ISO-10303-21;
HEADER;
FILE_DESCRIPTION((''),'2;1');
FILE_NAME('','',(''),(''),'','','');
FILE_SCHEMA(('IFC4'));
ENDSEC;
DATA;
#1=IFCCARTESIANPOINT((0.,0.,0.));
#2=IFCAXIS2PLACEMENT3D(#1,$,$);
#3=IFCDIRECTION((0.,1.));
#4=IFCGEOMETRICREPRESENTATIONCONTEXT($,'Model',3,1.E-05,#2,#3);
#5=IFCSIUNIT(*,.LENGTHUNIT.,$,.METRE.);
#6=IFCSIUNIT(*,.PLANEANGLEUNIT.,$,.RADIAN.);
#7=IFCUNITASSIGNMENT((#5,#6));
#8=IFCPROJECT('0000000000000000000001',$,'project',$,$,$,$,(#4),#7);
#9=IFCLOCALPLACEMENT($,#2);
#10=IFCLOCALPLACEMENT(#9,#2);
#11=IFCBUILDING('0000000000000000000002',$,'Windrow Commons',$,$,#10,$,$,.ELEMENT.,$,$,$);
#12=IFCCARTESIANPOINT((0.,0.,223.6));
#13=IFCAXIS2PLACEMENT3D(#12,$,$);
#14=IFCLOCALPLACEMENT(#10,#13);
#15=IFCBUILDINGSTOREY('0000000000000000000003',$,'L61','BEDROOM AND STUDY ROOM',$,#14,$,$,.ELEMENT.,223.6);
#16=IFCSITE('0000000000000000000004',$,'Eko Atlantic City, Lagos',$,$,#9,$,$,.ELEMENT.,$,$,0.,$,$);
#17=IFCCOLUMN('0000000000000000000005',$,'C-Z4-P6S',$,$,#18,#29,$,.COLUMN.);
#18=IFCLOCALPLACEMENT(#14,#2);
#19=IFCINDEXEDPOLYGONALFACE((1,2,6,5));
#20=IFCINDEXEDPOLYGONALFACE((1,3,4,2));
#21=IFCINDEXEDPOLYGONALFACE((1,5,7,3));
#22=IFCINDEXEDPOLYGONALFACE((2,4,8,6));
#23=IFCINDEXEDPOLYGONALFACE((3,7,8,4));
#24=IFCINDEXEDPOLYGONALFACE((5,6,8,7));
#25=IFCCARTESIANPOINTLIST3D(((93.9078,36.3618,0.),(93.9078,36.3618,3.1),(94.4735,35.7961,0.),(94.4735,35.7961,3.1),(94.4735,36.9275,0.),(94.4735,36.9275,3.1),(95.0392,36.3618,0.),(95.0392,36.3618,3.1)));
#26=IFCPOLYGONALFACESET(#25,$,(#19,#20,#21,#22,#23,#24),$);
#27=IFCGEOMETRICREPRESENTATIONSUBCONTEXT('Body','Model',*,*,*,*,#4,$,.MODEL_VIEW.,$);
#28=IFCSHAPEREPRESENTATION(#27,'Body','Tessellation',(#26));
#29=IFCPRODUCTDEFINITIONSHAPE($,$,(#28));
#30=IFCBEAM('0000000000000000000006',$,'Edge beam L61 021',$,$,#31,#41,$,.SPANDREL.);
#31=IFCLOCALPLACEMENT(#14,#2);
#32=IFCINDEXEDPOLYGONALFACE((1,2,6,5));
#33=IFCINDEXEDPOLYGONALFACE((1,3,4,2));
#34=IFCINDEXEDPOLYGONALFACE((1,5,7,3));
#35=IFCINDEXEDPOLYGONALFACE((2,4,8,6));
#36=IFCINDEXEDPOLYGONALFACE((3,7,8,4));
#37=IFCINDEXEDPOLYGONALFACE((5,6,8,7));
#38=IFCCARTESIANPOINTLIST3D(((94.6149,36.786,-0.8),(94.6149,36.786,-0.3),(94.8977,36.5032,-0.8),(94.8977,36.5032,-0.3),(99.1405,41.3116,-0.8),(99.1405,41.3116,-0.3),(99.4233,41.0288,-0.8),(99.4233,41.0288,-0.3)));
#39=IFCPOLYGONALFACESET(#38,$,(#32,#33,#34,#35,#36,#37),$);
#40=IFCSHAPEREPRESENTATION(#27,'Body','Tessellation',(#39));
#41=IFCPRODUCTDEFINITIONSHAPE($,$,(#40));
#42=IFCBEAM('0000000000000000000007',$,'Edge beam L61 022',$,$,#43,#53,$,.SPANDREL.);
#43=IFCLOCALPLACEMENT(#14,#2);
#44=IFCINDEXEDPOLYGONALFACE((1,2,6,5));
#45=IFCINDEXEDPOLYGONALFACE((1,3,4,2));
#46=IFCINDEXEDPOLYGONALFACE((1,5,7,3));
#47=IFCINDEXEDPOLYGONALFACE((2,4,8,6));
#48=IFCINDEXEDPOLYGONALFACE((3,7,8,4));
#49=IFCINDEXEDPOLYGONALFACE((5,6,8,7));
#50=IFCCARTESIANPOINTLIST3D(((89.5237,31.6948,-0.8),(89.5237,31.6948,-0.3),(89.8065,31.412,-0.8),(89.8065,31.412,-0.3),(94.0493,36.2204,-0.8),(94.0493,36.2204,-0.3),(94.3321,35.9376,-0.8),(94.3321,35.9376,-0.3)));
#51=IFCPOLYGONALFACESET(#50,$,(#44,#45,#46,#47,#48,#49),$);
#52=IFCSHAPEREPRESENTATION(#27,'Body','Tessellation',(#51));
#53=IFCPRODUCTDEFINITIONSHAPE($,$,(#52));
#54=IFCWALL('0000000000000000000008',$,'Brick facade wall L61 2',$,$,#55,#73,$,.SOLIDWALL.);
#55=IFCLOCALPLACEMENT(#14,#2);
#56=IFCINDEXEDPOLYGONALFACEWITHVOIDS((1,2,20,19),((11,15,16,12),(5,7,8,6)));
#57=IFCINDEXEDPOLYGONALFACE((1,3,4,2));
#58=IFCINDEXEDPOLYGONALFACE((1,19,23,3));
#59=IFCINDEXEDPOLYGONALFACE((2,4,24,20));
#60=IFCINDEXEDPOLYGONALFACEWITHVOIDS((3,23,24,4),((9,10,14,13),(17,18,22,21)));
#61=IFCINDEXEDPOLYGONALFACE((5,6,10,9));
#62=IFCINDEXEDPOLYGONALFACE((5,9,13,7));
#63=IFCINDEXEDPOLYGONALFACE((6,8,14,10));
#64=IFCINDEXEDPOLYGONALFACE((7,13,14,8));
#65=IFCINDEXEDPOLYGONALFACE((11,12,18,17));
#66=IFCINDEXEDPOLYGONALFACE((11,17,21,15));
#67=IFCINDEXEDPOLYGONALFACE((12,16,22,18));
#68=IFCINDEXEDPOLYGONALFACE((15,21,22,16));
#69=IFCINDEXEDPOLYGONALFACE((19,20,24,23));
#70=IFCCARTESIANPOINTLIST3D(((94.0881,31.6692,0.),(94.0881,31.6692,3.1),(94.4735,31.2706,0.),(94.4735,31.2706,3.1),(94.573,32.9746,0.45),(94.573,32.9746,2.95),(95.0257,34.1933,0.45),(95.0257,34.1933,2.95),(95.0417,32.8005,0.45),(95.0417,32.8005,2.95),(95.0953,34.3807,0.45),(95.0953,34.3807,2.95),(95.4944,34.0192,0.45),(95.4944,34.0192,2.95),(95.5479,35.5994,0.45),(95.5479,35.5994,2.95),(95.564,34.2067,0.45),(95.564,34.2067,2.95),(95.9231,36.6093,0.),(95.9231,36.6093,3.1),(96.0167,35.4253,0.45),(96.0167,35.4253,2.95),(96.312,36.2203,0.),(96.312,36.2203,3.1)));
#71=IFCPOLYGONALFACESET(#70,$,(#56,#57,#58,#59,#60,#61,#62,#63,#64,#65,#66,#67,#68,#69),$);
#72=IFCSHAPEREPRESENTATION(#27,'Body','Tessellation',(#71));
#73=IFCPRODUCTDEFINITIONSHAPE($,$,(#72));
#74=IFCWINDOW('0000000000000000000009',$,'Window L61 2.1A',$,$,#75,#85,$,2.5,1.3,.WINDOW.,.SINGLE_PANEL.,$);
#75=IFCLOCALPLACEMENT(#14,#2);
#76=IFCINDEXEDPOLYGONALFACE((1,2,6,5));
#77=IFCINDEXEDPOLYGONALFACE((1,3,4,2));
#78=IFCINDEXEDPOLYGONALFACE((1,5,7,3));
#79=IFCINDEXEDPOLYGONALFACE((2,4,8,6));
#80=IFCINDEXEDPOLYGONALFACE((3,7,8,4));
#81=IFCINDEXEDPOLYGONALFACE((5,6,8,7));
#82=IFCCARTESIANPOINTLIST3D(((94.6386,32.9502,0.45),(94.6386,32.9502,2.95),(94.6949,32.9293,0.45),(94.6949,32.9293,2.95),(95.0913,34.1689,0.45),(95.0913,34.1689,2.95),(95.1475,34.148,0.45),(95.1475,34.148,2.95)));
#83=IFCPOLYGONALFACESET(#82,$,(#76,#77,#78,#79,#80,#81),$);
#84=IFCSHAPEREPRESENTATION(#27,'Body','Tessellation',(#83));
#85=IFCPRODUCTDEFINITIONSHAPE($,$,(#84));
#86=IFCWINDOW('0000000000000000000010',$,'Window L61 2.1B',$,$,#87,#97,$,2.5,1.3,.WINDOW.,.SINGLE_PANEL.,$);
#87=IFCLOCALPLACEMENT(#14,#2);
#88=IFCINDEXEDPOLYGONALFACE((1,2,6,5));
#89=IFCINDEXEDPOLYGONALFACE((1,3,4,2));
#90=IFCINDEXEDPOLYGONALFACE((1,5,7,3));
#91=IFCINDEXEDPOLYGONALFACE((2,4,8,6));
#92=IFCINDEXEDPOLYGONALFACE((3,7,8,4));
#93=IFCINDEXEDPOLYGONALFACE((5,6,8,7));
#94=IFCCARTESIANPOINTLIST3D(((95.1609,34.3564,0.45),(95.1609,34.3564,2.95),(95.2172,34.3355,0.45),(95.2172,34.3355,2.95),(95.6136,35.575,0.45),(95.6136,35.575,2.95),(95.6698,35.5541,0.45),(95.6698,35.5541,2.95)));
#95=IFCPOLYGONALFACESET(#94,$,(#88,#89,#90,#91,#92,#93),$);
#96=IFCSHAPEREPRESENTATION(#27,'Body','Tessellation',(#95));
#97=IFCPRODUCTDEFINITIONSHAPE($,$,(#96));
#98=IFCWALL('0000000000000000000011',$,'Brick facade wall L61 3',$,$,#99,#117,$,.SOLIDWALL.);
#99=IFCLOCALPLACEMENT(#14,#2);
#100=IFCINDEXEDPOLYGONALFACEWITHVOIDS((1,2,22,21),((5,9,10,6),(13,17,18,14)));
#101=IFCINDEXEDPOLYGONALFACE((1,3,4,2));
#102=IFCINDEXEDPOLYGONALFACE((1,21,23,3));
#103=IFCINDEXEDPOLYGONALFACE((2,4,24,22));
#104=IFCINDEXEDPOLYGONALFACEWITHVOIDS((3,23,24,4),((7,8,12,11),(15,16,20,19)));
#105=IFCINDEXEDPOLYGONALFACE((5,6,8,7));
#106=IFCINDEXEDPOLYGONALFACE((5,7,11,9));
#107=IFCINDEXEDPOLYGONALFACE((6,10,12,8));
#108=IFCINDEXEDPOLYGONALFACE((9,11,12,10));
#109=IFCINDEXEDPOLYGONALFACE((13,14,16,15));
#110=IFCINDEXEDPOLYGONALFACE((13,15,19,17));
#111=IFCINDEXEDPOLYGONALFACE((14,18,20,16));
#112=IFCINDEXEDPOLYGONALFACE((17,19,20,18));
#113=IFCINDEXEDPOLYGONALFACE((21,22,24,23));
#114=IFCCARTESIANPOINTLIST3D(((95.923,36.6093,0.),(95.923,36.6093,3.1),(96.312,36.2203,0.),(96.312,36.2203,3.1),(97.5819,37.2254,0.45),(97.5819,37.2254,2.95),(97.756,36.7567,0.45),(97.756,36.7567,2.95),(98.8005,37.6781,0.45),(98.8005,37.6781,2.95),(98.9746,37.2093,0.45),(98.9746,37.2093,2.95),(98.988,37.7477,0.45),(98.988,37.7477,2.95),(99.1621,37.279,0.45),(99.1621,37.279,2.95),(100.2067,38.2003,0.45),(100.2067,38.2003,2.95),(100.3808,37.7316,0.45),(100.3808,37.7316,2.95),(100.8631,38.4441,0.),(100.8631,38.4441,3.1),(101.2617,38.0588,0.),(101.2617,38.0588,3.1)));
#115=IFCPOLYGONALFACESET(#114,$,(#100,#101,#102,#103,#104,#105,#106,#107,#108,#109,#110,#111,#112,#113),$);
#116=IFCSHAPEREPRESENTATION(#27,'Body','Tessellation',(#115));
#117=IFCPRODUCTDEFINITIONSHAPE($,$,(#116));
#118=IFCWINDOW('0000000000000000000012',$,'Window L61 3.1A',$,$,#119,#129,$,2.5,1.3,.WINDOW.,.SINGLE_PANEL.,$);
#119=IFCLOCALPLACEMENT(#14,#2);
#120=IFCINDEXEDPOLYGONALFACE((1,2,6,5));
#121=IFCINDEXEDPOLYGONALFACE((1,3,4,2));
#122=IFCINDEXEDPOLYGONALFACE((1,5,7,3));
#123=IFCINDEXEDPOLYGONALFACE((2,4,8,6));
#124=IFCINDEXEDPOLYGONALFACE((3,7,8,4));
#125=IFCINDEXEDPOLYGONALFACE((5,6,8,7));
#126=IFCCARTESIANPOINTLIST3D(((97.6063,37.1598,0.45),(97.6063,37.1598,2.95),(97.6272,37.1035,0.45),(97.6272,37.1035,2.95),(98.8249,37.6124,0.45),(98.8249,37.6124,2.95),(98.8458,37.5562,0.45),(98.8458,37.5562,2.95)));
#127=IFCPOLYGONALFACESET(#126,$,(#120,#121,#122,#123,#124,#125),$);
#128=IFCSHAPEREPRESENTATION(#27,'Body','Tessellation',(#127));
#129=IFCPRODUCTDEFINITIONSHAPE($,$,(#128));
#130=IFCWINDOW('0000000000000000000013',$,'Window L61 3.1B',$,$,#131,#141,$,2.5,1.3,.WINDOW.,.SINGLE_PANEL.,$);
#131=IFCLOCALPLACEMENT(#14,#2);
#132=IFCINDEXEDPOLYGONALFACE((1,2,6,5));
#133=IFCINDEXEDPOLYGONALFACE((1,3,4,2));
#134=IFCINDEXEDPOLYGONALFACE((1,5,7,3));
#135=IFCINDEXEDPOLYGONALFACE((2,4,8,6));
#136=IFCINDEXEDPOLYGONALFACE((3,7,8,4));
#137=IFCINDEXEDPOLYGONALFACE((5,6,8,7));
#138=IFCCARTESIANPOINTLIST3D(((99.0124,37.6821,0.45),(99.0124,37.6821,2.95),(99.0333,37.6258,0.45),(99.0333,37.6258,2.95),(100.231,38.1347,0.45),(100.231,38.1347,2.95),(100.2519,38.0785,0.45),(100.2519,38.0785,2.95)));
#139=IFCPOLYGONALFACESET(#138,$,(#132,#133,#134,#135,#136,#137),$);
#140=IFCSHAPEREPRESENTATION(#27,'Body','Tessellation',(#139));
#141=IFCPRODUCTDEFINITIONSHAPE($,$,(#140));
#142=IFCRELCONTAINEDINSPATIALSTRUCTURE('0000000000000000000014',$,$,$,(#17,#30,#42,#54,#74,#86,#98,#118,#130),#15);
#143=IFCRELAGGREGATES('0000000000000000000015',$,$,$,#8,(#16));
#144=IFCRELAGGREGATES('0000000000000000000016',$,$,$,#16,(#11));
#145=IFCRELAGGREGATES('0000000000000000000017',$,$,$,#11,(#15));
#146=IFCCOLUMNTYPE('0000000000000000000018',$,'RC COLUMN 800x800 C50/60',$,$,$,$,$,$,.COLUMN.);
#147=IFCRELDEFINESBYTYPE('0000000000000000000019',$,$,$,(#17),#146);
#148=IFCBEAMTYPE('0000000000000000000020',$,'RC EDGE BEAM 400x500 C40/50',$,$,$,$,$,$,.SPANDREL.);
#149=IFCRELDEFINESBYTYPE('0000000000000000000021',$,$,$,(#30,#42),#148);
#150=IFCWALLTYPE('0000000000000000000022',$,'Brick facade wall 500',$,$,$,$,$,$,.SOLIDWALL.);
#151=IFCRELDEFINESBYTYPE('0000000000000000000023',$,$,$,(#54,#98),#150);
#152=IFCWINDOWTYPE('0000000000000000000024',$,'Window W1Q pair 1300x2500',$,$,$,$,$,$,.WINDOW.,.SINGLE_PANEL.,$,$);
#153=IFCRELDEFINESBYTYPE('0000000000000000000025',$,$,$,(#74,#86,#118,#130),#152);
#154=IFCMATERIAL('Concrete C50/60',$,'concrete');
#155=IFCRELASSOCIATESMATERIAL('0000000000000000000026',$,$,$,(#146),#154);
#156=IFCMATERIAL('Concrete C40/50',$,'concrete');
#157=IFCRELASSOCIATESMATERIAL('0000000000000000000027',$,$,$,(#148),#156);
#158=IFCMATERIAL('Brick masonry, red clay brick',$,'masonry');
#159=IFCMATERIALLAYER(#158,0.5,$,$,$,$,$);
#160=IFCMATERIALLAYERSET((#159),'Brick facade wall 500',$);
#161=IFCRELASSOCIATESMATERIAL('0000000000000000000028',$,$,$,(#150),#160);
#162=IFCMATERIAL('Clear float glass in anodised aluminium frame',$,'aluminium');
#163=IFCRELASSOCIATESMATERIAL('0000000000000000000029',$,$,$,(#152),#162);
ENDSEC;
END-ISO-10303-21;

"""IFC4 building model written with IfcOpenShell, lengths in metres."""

from ifc_helpers import new_model, si_unit, direction, frame, frame_2d, origin, origin_2d, place, context, subcontext, project, spatial, polyline, rectangle, outline, extrude, material, layer, layer_set, material_profile, profile_set, type_object, element, fill, save


model = new_model("IFC4")

# Units and contexts
model_context = context("Model", 3, precision=1e-05, world=origin(), true_north=direction((0.0, 1.0)))
body_context = subcontext(model_context, "Body", "Model", "MODEL_VIEW")
ifc_project = project(units=[si_unit("LENGTHUNIT", "METRE"), si_unit("PLANEANGLEUNIT", "RADIAN")], contexts=[model_context])

# Site, building, storey
site_placement = place(None, origin())
site = spatial("IfcSite", under=ifc_project, at=site_placement, Name="Eko Atlantic City, Lagos", CompositionType="ELEMENT", RefElevation=0.0)
building_placement = place(site_placement, origin())
building = spatial("IfcBuilding", under=site, at=building_placement, Name="Windrow Commons", CompositionType="ELEMENT")
storey_placement = place(building_placement, frame((0.0, 0.0, 223.6)))
storey = spatial("IfcBuildingStorey", under=building, at=storey_placement, Name="L61", Description="BEDROOM AND STUDY ROOM", CompositionType="ELEMENT", Elevation=223.6)

# Column
ifc_material_1 = material(Name="Concrete C50/60", Category="concrete")
ifc_material_profile_1 = material_profile(ifc_material_1, rectangle(XDim=0.8, YDim=0.8, at=origin_2d()))
ifc_profile_set_1 = profile_set([ifc_material_profile_1], Name="Concrete C50/60")
column_type = type_object("IfcColumnType", Name="RC COLUMN 800x800 C50/60", PredefinedType="COLUMN", material=ifc_profile_set_1)
column_placement = place(storey_placement, frame((94.4735, 36.3618, 0.0), z_axis=(0.0, 0.0, 1.0), x_axis=(0.707107, -0.707107, 0.0)))
element("IfcColumn", 1, at=column_placement, inside=storey, type_object=column_type, Name="C-Z4-P6S", PredefinedType="COLUMN", context=body_context, shape_type="SweptSolid", body=[
    extrude(rectangle(XDim=0.8, YDim=0.8, at=origin_2d()), origin(), (0.0, 0.0, 1.0), 3.1),
])

# Beams
ifc_material_2 = material(Name="Concrete C40/50", Category="concrete")
ifc_material_profile_2 = material_profile(ifc_material_2, rectangle(XDim=0.4, YDim=0.5, at=origin_2d()))
ifc_profile_set_2 = profile_set([ifc_material_profile_2], Name="Concrete C40/50")
beam_type = type_object("IfcBeamType", Name="RC EDGE BEAM 400x500 C40/50", PredefinedType="SPANDREL", material=ifc_profile_set_2)
for number, where, z_axis, x_axis, name in (
    (2, (99.2819, 41.1702, -0.55), (-0.707107, -0.707107, 0.0), (0.707107, -0.707107, 0.0), "Edge beam L61 021"),
    (3, (94.1907, 36.079, -0.55), (-0.707107, -0.707107, 0.0), (0.707107, -0.707107, 0.0), "Edge beam L61 022"),
):
    element("IfcBeam", number, at=place(storey_placement, frame(where, z_axis=z_axis, x_axis=x_axis)), inside=storey, type_object=beam_type, Name=name, PredefinedType="SPANDREL", context=body_context, shape_type="SweptSolid", body=[
        extrude(rectangle(XDim=0.4, YDim=0.5, at=origin_2d()), origin(), (0.0, 0.0, 1.0), 6.4002),
    ])

# Walls, openings, windows
ifc_material_3 = material(Name="Brick masonry, red clay brick", Category="masonry")
ifc_layer_1 = layer(ifc_material_3, 0.5)
ifc_layer_set_1 = layer_set([ifc_layer_1], Name="Brick facade wall 500")
wall_type_1 = type_object("IfcWallType", Name="Brick facade wall 500", PredefinedType="SOLIDWALL", material=ifc_layer_set_1)
wall_1_placement = place(storey_placement, frame((94.2808, 31.4699, 0.0), z_axis=(0.0, 0.0, 1.0), x_axis=(0.34819, 0.937424, 0.0)))
wall_1 = element("IfcWall", 4, at=wall_1_placement, inside=storey, type_object=wall_type_1, Name="Brick facade wall L61 2", PredefinedType="SOLIDWALL", context=body_context, shape_type="SweptSolid", body=[
    extrude(outline(polyline([(-0.1197, -0.25), (5.1604, -0.25), (5.3896, 0.25), (0.1197, 0.25), (-0.1197, -0.25)])), origin(), (0.0, 0.0, 1.0), 3.1),
])
opening_1_placement = place(wall_1_placement, frame((1.5123, 0.0, 0.45)))
opening_1 = element("IfcOpeningElement", 5, at=opening_1_placement, cuts=wall_1, PredefinedType="OPENING", context=body_context, shape_type="SweptSolid", body=[
    extrude(rectangle(XDim=1.3, YDim=2.5, at=frame_2d((0.65, 1.25))), frame((0.0, 0.26, 0.0), z_axis=(0.0, -1.0, 0.0), x_axis=(1.0, 0.0, 0.0)), (0.0, 0.0, 1.0), 0.52),
])
opening_2_placement = place(wall_1_placement, frame((3.0123, 0.0, 0.45)))
opening_2 = element("IfcOpeningElement", 6, at=opening_2_placement, cuts=wall_1, PredefinedType="OPENING", context=body_context, shape_type="SweptSolid", body=[
    extrude(rectangle(XDim=1.3, YDim=2.5, at=frame_2d((0.65, 1.25))), frame((0.0, 0.26, 0.0), z_axis=(0.0, -1.0, 0.0), x_axis=(1.0, 0.0, 0.0)), (0.0, 0.0, 1.0), 0.52),
])
ifc_material_4 = material(Name="Clear float glass in anodised aluminium frame", Category="aluminium")
window_type = type_object("IfcWindowType", Name="Window W1Q pair 1300x2500", PartitioningType="SINGLE_PANEL", PredefinedType="WINDOW", material=ifc_material_4)
window_1_placement = place(opening_1_placement, origin())
window_1 = element("IfcWindow", 7, at=window_1_placement, inside=storey, type_object=window_type, Name="Window L61 2.1A", OverallHeight=2.5, OverallWidth=1.3, PartitioningType="SINGLE_PANEL", PredefinedType="WINDOW", context=body_context, shape_type="SweptSolid", body=[
    extrude(rectangle(XDim=1.3, YDim=2.5, at=frame_2d((0.65, 1.25))), frame((0.0, 0.18, 0.0), z_axis=(0.0, -1.0, 0.0), x_axis=(1.0, 0.0, 0.0)), (0.0, 0.0, 1.0), 0.06),
])
fill(opening_1, window_1)
window_2_placement = place(opening_2_placement, origin())
window_2 = element("IfcWindow", 8, at=window_2_placement, inside=storey, type_object=window_type, Name="Window L61 2.1B", OverallHeight=2.5, OverallWidth=1.3, PartitioningType="SINGLE_PANEL", PredefinedType="WINDOW", context=body_context, shape_type="SweptSolid", body=[
    extrude(rectangle(XDim=1.3, YDim=2.5, at=frame_2d((0.65, 1.25))), frame((0.0, 0.18, 0.0), z_axis=(0.0, -1.0, 0.0), x_axis=(1.0, 0.0, 0.0)), (0.0, 0.0, 1.0), 0.06),
])
fill(opening_2, window_2)
wall_2_placement = place(storey_placement, frame((96.1175, 36.4148, 0.0), z_axis=(0.0, 0.0, 1.0), x_axis=(0.937424, 0.34819, 0.0)))
wall_2 = element("IfcWall", 9, at=wall_2_placement, inside=storey, type_object=wall_type_1, Name="Brick facade wall L61 3", PredefinedType="SOLIDWALL", context=body_context, shape_type="SweptSolid", body=[
    extrude(outline(polyline([(0.1146, -0.25), (5.3947, -0.25), (5.1552, 0.25), (-0.1146, 0.25), (0.1146, -0.25)])), origin(), (0.0, 0.0, 1.0), 3.1),
])
opening_3_placement = place(wall_2_placement, frame((1.655, 0.0, 0.45)))
opening_3 = element("IfcOpeningElement", 10, at=opening_3_placement, cuts=wall_2, PredefinedType="OPENING", context=body_context, shape_type="SweptSolid", body=[
    extrude(rectangle(XDim=1.3, YDim=2.5, at=frame_2d((0.65, 1.25))), frame((0.0, 0.26, 0.0), z_axis=(0.0, -1.0, 0.0), x_axis=(1.0, 0.0, 0.0)), (0.0, 0.0, 1.0), 0.52),
])
opening_4_placement = place(wall_2_placement, frame((3.155, 0.0, 0.45)))
opening_4 = element("IfcOpeningElement", 11, at=opening_4_placement, cuts=wall_2, PredefinedType="OPENING", context=body_context, shape_type="SweptSolid", body=[
    extrude(rectangle(XDim=1.3, YDim=2.5, at=frame_2d((0.65, 1.25))), frame((0.0, 0.26, 0.0), z_axis=(0.0, -1.0, 0.0), x_axis=(1.0, 0.0, 0.0)), (0.0, 0.0, 1.0), 0.52),
])
window_3_placement = place(opening_3_placement, origin())
window_3 = element("IfcWindow", 12, at=window_3_placement, inside=storey, type_object=window_type, Name="Window L61 3.1A", OverallHeight=2.5, OverallWidth=1.3, PartitioningType="SINGLE_PANEL", PredefinedType="WINDOW", context=body_context, shape_type="SweptSolid", body=[
    extrude(rectangle(XDim=1.3, YDim=2.5, at=frame_2d((0.65, 1.25))), frame((0.0, 0.18, 0.0), z_axis=(0.0, -1.0, 0.0), x_axis=(1.0, 0.0, 0.0)), (0.0, 0.0, 1.0), 0.06),
])
fill(opening_3, window_3)
window_4_placement = place(opening_4_placement, origin())
window_4 = element("IfcWindow", 13, at=window_4_placement, inside=storey, type_object=window_type, Name="Window L61 3.1B", OverallHeight=2.5, OverallWidth=1.3, PartitioningType="SINGLE_PANEL", PredefinedType="WINDOW", context=body_context, shape_type="SweptSolid", body=[
    extrude(rectangle(XDim=1.3, YDim=2.5, at=frame_2d((0.65, 1.25))), frame((0.0, 0.18, 0.0), z_axis=(0.0, -1.0, 0.0), x_axis=(1.0, 0.0, 0.0)), (0.0, 0.0, 1.0), 0.06),
])
fill(opening_4, window_4)

save(model, "model.ifc")
